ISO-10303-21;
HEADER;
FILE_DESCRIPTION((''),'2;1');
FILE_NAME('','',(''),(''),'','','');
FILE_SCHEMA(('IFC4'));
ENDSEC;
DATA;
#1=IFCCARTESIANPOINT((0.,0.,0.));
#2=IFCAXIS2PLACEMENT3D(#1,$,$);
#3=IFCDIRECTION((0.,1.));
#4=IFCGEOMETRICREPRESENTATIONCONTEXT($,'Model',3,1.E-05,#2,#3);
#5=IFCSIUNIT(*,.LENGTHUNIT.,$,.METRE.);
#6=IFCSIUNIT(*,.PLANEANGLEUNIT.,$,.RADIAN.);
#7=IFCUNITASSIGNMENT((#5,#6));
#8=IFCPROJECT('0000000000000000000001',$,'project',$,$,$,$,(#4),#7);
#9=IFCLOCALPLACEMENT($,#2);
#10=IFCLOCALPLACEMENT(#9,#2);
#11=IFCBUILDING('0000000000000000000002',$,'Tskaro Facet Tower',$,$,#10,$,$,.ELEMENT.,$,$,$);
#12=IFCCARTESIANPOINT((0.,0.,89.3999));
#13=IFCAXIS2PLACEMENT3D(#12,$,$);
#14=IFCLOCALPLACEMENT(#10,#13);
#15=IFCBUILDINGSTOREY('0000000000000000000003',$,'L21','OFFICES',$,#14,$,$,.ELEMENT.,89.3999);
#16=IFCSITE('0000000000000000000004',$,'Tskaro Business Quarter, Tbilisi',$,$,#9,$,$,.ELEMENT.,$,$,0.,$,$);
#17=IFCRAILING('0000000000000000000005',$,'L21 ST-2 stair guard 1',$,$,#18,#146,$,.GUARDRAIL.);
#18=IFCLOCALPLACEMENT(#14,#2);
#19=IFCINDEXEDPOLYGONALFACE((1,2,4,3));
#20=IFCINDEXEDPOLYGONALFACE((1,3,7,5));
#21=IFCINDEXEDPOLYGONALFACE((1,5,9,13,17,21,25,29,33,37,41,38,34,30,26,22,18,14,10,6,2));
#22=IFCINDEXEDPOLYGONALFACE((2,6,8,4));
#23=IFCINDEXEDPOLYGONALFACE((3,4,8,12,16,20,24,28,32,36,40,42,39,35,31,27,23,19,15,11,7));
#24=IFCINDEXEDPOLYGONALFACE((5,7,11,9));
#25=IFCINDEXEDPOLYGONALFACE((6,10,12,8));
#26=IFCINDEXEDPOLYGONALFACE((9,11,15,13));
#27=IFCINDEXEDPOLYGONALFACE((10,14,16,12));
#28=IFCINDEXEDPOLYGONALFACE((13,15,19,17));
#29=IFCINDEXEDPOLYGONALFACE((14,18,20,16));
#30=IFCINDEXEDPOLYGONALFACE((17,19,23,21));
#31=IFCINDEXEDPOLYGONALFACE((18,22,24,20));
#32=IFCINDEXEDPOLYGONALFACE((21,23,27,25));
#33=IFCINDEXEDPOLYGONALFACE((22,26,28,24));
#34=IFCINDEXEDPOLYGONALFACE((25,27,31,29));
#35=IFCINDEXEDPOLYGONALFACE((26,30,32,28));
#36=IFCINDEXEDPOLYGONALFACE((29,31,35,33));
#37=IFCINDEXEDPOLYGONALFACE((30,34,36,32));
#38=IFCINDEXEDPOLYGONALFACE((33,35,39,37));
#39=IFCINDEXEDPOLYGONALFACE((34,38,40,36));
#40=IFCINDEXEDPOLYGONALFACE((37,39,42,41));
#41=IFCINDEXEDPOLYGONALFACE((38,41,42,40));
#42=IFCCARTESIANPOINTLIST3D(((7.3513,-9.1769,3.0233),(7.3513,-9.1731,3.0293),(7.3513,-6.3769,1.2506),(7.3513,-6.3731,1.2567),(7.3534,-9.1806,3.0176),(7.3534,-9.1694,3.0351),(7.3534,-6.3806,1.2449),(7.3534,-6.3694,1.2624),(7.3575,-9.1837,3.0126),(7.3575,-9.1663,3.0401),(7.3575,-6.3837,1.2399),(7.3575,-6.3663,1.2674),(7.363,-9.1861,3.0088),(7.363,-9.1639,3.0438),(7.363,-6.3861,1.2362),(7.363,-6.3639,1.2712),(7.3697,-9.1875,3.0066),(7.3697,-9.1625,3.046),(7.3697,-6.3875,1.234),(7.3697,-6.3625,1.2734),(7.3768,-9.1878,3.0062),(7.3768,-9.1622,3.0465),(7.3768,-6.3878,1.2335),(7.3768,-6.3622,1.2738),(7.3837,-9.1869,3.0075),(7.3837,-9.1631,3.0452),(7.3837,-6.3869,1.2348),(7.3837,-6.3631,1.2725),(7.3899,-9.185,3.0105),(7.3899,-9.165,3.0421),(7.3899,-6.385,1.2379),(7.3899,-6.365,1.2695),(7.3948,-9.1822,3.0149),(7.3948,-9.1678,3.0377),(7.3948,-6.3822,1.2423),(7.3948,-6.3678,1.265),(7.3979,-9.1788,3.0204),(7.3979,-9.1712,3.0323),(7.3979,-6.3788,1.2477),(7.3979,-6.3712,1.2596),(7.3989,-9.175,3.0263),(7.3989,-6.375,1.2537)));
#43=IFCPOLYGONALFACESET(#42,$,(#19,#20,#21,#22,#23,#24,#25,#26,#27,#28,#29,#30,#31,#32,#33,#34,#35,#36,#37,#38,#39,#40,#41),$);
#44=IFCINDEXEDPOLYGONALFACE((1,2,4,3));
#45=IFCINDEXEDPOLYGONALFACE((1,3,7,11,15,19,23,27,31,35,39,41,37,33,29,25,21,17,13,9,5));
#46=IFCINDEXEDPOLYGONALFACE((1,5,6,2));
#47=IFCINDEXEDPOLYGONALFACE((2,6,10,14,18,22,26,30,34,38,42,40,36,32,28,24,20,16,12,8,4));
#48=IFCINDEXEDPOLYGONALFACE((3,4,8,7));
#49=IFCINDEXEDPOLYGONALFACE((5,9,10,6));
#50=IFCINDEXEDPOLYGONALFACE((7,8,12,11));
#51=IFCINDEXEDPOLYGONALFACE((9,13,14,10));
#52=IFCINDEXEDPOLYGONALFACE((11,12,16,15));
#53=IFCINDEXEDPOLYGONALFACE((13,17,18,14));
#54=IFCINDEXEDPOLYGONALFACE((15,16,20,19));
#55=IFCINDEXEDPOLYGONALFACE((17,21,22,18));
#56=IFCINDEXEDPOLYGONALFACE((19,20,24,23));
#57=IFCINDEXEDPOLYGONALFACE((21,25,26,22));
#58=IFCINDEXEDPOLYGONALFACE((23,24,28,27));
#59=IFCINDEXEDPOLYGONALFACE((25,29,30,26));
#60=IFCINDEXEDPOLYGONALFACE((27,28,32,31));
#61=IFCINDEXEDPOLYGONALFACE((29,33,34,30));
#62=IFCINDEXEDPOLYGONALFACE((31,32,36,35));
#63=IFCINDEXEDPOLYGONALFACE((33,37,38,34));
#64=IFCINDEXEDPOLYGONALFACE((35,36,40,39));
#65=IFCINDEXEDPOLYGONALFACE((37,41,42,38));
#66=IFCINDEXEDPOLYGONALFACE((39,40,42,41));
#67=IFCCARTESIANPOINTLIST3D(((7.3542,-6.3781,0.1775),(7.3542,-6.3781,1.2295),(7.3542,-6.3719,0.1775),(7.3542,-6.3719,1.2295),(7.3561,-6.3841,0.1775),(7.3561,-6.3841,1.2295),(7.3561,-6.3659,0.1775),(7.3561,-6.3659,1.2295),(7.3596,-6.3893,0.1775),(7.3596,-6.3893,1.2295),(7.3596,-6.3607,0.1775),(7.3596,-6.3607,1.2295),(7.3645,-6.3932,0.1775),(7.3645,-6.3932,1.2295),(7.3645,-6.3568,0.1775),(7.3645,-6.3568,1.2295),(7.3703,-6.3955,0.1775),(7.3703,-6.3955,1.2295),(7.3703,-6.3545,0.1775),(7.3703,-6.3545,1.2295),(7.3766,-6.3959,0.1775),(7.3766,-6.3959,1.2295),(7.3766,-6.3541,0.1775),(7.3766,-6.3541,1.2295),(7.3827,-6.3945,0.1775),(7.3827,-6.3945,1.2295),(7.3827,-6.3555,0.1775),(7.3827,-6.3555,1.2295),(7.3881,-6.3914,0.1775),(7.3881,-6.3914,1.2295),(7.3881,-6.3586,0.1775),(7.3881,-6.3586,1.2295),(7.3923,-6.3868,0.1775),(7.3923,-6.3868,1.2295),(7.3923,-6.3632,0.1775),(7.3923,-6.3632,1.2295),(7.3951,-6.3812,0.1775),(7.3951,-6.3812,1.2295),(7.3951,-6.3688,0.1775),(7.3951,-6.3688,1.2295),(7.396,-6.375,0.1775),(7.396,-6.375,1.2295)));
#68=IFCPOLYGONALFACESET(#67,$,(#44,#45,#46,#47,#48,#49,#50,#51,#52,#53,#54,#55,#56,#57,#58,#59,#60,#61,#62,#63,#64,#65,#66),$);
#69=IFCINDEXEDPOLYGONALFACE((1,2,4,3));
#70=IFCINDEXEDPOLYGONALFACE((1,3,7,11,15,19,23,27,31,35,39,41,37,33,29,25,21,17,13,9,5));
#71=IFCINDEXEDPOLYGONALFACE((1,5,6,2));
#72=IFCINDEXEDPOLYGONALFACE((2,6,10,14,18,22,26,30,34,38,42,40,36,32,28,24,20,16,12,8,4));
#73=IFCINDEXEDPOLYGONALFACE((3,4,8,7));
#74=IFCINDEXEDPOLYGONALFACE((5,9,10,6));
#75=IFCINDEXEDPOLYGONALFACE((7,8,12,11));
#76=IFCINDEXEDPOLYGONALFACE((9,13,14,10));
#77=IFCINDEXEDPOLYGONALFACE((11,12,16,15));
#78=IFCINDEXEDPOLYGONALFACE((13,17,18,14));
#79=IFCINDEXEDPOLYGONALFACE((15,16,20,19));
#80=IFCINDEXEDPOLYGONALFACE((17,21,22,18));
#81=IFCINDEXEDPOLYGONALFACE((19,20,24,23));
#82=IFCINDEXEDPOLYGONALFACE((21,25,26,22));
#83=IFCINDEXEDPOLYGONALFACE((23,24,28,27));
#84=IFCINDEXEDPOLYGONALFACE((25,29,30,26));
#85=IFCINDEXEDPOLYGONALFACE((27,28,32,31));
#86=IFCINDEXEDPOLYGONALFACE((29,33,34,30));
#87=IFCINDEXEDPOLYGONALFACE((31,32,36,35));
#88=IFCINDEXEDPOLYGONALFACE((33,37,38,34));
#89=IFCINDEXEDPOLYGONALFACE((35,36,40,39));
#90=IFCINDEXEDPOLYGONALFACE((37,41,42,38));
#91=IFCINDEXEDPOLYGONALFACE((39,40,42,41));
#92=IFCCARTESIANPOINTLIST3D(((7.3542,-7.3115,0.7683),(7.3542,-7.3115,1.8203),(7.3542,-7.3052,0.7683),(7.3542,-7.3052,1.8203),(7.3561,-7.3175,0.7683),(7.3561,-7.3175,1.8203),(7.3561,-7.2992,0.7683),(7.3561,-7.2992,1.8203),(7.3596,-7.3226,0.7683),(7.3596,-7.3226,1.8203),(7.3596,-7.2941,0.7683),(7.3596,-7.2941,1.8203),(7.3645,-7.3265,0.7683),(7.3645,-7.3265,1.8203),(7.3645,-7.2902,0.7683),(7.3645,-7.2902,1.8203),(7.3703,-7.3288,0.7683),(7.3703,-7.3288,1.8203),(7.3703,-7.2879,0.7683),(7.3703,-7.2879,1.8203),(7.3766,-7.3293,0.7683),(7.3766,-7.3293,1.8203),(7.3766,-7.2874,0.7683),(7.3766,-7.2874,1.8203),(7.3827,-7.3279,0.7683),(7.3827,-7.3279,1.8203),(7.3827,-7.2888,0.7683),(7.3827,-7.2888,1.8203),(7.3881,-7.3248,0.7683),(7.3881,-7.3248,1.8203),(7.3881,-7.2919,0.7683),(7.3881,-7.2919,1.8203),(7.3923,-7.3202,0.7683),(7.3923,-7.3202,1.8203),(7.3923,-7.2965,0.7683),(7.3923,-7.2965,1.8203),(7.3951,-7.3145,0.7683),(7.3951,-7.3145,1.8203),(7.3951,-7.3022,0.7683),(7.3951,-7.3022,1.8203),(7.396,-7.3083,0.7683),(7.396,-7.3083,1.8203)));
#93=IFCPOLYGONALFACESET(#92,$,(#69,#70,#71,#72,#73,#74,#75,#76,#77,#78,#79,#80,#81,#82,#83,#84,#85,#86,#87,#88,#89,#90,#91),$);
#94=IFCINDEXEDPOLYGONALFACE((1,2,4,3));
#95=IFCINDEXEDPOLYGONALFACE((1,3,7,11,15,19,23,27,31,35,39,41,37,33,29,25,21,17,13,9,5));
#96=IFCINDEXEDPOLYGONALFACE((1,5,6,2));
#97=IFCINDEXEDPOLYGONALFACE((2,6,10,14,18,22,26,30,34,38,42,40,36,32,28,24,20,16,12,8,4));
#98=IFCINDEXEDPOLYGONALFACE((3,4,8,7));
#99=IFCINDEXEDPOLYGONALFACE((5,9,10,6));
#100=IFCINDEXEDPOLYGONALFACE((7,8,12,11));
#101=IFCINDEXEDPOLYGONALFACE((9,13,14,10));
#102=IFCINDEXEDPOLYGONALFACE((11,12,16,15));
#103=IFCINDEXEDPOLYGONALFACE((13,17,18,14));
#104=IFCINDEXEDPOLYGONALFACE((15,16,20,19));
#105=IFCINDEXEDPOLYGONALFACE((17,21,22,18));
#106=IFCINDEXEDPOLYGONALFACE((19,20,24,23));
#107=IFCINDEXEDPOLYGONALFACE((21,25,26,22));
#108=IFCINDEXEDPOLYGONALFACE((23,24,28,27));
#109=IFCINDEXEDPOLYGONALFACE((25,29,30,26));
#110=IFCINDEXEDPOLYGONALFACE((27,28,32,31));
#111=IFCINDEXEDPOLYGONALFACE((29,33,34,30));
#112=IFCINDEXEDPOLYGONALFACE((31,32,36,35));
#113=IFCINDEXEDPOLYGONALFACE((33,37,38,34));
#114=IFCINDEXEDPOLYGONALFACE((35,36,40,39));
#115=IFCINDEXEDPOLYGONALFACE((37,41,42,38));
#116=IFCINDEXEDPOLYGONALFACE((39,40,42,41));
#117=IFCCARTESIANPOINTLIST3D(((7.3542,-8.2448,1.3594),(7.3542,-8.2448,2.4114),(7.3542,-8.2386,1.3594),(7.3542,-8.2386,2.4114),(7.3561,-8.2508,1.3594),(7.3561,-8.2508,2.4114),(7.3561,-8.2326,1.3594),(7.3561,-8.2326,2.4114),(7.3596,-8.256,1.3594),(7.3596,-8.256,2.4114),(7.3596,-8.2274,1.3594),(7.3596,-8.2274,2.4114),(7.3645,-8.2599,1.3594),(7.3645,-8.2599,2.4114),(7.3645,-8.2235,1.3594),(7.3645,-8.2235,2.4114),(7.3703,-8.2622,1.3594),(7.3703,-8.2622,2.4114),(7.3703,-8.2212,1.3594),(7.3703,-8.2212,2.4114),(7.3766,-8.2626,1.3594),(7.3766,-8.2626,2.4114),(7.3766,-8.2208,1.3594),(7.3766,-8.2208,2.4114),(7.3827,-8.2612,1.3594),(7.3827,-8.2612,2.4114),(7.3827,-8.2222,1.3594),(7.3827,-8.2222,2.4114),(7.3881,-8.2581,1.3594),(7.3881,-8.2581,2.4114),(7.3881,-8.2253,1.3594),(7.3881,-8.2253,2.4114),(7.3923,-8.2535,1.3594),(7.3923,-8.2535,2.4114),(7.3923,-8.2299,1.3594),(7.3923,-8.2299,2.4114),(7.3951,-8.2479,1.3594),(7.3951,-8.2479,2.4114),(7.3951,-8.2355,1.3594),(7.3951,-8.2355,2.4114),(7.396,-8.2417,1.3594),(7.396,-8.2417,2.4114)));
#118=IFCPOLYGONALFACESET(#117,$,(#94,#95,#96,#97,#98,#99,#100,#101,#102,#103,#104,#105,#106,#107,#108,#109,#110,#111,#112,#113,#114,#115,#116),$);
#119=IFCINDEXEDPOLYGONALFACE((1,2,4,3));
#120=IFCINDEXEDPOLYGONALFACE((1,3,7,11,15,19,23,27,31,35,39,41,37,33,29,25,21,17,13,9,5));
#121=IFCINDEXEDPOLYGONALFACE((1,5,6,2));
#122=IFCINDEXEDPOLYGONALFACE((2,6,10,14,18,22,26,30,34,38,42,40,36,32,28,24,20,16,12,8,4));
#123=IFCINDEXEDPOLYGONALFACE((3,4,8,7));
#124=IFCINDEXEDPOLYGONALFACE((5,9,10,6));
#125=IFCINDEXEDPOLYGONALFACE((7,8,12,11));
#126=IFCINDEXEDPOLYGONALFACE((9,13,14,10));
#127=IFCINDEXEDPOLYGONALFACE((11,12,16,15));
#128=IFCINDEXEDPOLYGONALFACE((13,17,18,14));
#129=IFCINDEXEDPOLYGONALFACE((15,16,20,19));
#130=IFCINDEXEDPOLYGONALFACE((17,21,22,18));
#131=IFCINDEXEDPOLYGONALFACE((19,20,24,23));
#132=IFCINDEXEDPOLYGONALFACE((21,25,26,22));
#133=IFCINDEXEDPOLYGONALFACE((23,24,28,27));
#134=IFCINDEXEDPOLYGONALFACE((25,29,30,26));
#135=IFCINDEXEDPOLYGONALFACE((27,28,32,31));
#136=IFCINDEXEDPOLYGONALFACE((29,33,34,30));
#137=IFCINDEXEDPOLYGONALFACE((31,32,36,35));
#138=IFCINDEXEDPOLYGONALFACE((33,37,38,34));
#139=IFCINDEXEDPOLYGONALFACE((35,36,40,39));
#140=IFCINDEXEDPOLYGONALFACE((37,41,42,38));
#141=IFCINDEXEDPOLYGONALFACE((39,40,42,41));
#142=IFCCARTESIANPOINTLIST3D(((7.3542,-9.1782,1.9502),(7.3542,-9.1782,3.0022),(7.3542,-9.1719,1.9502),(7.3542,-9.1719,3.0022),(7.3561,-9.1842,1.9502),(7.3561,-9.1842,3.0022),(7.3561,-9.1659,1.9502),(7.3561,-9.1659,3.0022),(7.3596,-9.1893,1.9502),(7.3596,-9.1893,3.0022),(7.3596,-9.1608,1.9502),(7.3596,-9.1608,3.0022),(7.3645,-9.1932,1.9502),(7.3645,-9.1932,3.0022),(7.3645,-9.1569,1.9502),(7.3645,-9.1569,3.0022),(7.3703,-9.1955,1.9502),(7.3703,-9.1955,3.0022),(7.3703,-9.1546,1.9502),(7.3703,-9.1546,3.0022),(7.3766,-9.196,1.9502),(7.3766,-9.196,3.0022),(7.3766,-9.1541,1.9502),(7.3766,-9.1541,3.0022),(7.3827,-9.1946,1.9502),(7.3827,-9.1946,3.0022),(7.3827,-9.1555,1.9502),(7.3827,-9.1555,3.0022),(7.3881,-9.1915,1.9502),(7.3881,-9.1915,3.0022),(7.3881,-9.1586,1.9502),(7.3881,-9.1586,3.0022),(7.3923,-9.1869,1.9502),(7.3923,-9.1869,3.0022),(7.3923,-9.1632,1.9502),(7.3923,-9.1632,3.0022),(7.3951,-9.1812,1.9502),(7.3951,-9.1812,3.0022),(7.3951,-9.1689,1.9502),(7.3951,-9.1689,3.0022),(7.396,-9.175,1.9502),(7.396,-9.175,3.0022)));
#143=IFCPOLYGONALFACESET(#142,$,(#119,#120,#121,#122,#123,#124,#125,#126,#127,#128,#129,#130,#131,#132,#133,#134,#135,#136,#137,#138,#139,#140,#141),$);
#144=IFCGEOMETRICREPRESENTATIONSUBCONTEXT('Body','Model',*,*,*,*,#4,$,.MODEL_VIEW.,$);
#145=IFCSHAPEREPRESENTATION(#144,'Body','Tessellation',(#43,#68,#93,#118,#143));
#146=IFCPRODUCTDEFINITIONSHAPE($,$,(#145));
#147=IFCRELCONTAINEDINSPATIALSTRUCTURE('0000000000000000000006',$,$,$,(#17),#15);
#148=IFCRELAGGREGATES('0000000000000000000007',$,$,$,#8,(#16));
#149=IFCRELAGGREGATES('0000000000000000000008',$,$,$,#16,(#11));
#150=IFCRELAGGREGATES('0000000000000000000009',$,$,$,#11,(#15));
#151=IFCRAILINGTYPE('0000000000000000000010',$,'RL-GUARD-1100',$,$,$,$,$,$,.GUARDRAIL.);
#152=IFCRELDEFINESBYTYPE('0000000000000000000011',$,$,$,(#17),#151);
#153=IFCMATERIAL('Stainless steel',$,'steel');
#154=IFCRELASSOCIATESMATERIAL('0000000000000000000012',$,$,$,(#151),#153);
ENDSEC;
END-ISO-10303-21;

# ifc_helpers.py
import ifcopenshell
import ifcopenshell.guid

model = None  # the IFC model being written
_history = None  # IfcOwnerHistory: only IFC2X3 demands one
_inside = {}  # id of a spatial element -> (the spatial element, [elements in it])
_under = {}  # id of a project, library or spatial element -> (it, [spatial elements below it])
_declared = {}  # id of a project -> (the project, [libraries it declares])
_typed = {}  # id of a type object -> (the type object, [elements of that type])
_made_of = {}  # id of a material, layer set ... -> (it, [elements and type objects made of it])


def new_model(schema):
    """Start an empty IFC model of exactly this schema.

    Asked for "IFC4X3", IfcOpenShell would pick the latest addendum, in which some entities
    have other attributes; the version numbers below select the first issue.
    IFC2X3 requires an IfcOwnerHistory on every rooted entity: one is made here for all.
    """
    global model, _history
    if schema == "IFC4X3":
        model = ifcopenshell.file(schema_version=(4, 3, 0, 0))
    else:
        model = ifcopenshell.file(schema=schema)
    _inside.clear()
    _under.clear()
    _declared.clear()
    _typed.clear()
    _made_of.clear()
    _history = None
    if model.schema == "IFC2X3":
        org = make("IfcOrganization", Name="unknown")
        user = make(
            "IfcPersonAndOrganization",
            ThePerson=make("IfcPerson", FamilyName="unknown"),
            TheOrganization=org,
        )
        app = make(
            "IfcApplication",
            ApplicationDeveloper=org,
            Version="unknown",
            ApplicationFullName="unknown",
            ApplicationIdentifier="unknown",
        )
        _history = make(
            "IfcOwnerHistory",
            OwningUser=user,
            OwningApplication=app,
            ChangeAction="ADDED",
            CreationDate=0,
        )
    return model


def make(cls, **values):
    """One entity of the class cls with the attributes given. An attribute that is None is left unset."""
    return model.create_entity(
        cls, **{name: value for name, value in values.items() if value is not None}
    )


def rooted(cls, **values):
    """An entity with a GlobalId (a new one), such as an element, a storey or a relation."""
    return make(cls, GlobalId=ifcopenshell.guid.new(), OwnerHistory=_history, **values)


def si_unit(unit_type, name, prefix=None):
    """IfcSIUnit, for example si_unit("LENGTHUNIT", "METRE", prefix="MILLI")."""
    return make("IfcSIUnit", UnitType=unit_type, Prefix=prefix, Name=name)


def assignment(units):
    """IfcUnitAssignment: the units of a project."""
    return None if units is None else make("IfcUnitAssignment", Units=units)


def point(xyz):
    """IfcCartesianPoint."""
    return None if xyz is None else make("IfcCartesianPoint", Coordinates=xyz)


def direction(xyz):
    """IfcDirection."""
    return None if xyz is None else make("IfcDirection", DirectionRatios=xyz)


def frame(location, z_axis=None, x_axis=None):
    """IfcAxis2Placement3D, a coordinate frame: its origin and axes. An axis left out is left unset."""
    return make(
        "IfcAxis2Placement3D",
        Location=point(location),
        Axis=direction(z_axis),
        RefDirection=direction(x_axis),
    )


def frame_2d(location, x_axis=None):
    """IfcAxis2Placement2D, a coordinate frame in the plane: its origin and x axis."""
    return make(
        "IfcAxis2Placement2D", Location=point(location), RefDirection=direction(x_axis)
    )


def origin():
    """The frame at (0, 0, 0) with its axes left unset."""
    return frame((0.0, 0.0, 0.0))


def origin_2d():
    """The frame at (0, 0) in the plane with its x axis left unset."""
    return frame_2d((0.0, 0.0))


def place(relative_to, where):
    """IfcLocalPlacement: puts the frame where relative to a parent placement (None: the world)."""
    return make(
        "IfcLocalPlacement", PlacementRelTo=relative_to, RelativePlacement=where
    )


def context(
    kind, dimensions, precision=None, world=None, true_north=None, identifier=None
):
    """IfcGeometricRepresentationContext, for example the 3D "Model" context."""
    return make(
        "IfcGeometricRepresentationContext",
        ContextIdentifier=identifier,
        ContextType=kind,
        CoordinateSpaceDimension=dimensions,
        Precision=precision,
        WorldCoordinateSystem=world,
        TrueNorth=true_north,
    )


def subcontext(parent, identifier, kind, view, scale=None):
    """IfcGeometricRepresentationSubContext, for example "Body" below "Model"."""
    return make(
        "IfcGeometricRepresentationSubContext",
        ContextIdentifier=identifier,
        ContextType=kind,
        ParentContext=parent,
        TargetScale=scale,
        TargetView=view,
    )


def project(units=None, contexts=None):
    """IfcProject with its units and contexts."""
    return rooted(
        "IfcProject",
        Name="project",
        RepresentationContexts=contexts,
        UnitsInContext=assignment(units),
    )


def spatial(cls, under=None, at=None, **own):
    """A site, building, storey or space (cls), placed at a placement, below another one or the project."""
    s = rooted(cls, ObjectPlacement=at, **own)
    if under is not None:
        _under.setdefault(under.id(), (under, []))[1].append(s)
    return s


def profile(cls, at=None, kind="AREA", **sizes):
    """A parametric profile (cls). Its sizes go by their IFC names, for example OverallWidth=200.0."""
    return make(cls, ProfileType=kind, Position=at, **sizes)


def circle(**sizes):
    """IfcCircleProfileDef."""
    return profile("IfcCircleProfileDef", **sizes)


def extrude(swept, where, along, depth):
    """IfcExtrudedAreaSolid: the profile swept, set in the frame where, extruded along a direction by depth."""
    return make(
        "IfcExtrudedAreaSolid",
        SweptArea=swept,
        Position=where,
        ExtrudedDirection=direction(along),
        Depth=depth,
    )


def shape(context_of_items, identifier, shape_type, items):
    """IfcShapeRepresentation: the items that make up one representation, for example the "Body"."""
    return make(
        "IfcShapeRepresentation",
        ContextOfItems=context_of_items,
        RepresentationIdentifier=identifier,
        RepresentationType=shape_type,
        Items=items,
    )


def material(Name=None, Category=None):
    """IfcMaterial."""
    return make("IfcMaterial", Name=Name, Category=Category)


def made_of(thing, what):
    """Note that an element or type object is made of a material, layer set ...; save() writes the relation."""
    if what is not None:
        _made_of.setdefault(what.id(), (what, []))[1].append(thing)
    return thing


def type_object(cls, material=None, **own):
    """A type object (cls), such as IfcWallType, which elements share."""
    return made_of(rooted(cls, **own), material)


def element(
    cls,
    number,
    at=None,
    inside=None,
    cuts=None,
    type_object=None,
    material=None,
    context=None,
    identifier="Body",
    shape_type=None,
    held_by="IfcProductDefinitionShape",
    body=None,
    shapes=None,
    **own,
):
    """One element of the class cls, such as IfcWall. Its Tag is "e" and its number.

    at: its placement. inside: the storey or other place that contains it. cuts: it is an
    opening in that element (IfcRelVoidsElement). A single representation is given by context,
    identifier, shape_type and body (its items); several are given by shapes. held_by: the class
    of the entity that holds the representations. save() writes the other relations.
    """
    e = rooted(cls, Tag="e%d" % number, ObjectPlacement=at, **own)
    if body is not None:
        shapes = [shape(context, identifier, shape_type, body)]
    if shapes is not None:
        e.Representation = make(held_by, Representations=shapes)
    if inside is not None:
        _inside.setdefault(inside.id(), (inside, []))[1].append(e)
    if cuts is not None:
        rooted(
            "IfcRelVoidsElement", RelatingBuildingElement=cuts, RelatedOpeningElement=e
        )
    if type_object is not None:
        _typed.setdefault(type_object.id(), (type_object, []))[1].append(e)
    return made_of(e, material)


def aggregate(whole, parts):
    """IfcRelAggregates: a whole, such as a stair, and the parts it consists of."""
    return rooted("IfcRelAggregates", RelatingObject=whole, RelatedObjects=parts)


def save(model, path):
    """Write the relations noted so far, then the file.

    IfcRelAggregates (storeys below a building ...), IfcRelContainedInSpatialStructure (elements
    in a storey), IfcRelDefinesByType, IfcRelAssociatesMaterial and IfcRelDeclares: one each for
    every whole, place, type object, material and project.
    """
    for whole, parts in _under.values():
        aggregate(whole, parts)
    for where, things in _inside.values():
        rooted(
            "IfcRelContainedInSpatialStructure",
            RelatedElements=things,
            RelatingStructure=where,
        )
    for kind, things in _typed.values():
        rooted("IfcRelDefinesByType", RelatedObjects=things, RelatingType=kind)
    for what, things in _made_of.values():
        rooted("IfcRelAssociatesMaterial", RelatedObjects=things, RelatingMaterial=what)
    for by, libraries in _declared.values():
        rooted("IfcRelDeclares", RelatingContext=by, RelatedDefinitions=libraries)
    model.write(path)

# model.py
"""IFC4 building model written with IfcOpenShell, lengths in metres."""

from ifc_helpers import new_model, si_unit, direction, frame, origin, origin_2d, place, context, subcontext, project, spatial, circle, extrude, material, type_object, element, save


model = new_model("IFC4")

# Units and contexts
model_context = context("Model", 3, precision=1e-05, world=origin(), true_north=direction((0.0, 1.0)))
body_context = subcontext(model_context, "Body", "Model", "MODEL_VIEW")
ifc_project = project(units=[si_unit("LENGTHUNIT", "METRE"), si_unit("PLANEANGLEUNIT", "RADIAN")], contexts=[model_context])

# Site, building, storey
site_placement = place(None, origin())
site = spatial("IfcSite", under=ifc_project, at=site_placement, Name="Tskaro Business Quarter, Tbilisi", CompositionType="ELEMENT", RefElevation=0.0)
building_placement = place(site_placement, origin())
building = spatial("IfcBuilding", under=site, at=building_placement, Name="Tskaro Facet Tower", CompositionType="ELEMENT")
storey_placement = place(building_placement, frame((0.0, 0.0, 89.3999)))
storey = spatial("IfcBuildingStorey", under=building, at=storey_placement, Name="L21", Description="OFFICES", CompositionType="ELEMENT", Elevation=89.3999)

# Railing
ifc_material_1 = material(Name="Stainless steel", Category="steel")
railing_type_1 = type_object("IfcRailingType", Name="RL-GUARD-1100", PredefinedType="GUARDRAIL", material=ifc_material_1)
railing_1_placement = place(storey_placement, frame((7.375, -6.375, 0.1775)))
element("IfcRailing", 1, at=railing_1_placement, inside=storey, type_object=railing_type_1, Name="L21 ST-2 stair guard 1", PredefinedType="GUARDRAIL", context=body_context, shape_type="SweptSolid", body=[
    extrude(circle(Radius=0.0239, at=origin_2d()), frame((0.0, 0.0, 1.0762), z_axis=(0.0, -0.844909, 0.53491), x_axis=(1.0, 0.0, 0.0)), (0.0, 0.0, 1.0), 3.314),
    extrude(circle(Radius=0.021, at=origin_2d()), origin(), (0.0, 0.0, 1.0), 1.052),
    extrude(circle(Radius=0.021, at=origin_2d()), frame((0.0, -0.9333, 0.5908)), (0.0, 0.0, 1.0), 1.052),
    extrude(circle(Radius=0.021, at=origin_2d()), frame((0.0, -1.8667, 1.1819)), (0.0, 0.0, 1.0), 1.052),
    extrude(circle(Radius=0.021, at=origin_2d()), frame((0.0, -2.8, 1.7727)), (0.0, 0.0, 1.0), 1.052),
])

save(model, "model.ifc")
